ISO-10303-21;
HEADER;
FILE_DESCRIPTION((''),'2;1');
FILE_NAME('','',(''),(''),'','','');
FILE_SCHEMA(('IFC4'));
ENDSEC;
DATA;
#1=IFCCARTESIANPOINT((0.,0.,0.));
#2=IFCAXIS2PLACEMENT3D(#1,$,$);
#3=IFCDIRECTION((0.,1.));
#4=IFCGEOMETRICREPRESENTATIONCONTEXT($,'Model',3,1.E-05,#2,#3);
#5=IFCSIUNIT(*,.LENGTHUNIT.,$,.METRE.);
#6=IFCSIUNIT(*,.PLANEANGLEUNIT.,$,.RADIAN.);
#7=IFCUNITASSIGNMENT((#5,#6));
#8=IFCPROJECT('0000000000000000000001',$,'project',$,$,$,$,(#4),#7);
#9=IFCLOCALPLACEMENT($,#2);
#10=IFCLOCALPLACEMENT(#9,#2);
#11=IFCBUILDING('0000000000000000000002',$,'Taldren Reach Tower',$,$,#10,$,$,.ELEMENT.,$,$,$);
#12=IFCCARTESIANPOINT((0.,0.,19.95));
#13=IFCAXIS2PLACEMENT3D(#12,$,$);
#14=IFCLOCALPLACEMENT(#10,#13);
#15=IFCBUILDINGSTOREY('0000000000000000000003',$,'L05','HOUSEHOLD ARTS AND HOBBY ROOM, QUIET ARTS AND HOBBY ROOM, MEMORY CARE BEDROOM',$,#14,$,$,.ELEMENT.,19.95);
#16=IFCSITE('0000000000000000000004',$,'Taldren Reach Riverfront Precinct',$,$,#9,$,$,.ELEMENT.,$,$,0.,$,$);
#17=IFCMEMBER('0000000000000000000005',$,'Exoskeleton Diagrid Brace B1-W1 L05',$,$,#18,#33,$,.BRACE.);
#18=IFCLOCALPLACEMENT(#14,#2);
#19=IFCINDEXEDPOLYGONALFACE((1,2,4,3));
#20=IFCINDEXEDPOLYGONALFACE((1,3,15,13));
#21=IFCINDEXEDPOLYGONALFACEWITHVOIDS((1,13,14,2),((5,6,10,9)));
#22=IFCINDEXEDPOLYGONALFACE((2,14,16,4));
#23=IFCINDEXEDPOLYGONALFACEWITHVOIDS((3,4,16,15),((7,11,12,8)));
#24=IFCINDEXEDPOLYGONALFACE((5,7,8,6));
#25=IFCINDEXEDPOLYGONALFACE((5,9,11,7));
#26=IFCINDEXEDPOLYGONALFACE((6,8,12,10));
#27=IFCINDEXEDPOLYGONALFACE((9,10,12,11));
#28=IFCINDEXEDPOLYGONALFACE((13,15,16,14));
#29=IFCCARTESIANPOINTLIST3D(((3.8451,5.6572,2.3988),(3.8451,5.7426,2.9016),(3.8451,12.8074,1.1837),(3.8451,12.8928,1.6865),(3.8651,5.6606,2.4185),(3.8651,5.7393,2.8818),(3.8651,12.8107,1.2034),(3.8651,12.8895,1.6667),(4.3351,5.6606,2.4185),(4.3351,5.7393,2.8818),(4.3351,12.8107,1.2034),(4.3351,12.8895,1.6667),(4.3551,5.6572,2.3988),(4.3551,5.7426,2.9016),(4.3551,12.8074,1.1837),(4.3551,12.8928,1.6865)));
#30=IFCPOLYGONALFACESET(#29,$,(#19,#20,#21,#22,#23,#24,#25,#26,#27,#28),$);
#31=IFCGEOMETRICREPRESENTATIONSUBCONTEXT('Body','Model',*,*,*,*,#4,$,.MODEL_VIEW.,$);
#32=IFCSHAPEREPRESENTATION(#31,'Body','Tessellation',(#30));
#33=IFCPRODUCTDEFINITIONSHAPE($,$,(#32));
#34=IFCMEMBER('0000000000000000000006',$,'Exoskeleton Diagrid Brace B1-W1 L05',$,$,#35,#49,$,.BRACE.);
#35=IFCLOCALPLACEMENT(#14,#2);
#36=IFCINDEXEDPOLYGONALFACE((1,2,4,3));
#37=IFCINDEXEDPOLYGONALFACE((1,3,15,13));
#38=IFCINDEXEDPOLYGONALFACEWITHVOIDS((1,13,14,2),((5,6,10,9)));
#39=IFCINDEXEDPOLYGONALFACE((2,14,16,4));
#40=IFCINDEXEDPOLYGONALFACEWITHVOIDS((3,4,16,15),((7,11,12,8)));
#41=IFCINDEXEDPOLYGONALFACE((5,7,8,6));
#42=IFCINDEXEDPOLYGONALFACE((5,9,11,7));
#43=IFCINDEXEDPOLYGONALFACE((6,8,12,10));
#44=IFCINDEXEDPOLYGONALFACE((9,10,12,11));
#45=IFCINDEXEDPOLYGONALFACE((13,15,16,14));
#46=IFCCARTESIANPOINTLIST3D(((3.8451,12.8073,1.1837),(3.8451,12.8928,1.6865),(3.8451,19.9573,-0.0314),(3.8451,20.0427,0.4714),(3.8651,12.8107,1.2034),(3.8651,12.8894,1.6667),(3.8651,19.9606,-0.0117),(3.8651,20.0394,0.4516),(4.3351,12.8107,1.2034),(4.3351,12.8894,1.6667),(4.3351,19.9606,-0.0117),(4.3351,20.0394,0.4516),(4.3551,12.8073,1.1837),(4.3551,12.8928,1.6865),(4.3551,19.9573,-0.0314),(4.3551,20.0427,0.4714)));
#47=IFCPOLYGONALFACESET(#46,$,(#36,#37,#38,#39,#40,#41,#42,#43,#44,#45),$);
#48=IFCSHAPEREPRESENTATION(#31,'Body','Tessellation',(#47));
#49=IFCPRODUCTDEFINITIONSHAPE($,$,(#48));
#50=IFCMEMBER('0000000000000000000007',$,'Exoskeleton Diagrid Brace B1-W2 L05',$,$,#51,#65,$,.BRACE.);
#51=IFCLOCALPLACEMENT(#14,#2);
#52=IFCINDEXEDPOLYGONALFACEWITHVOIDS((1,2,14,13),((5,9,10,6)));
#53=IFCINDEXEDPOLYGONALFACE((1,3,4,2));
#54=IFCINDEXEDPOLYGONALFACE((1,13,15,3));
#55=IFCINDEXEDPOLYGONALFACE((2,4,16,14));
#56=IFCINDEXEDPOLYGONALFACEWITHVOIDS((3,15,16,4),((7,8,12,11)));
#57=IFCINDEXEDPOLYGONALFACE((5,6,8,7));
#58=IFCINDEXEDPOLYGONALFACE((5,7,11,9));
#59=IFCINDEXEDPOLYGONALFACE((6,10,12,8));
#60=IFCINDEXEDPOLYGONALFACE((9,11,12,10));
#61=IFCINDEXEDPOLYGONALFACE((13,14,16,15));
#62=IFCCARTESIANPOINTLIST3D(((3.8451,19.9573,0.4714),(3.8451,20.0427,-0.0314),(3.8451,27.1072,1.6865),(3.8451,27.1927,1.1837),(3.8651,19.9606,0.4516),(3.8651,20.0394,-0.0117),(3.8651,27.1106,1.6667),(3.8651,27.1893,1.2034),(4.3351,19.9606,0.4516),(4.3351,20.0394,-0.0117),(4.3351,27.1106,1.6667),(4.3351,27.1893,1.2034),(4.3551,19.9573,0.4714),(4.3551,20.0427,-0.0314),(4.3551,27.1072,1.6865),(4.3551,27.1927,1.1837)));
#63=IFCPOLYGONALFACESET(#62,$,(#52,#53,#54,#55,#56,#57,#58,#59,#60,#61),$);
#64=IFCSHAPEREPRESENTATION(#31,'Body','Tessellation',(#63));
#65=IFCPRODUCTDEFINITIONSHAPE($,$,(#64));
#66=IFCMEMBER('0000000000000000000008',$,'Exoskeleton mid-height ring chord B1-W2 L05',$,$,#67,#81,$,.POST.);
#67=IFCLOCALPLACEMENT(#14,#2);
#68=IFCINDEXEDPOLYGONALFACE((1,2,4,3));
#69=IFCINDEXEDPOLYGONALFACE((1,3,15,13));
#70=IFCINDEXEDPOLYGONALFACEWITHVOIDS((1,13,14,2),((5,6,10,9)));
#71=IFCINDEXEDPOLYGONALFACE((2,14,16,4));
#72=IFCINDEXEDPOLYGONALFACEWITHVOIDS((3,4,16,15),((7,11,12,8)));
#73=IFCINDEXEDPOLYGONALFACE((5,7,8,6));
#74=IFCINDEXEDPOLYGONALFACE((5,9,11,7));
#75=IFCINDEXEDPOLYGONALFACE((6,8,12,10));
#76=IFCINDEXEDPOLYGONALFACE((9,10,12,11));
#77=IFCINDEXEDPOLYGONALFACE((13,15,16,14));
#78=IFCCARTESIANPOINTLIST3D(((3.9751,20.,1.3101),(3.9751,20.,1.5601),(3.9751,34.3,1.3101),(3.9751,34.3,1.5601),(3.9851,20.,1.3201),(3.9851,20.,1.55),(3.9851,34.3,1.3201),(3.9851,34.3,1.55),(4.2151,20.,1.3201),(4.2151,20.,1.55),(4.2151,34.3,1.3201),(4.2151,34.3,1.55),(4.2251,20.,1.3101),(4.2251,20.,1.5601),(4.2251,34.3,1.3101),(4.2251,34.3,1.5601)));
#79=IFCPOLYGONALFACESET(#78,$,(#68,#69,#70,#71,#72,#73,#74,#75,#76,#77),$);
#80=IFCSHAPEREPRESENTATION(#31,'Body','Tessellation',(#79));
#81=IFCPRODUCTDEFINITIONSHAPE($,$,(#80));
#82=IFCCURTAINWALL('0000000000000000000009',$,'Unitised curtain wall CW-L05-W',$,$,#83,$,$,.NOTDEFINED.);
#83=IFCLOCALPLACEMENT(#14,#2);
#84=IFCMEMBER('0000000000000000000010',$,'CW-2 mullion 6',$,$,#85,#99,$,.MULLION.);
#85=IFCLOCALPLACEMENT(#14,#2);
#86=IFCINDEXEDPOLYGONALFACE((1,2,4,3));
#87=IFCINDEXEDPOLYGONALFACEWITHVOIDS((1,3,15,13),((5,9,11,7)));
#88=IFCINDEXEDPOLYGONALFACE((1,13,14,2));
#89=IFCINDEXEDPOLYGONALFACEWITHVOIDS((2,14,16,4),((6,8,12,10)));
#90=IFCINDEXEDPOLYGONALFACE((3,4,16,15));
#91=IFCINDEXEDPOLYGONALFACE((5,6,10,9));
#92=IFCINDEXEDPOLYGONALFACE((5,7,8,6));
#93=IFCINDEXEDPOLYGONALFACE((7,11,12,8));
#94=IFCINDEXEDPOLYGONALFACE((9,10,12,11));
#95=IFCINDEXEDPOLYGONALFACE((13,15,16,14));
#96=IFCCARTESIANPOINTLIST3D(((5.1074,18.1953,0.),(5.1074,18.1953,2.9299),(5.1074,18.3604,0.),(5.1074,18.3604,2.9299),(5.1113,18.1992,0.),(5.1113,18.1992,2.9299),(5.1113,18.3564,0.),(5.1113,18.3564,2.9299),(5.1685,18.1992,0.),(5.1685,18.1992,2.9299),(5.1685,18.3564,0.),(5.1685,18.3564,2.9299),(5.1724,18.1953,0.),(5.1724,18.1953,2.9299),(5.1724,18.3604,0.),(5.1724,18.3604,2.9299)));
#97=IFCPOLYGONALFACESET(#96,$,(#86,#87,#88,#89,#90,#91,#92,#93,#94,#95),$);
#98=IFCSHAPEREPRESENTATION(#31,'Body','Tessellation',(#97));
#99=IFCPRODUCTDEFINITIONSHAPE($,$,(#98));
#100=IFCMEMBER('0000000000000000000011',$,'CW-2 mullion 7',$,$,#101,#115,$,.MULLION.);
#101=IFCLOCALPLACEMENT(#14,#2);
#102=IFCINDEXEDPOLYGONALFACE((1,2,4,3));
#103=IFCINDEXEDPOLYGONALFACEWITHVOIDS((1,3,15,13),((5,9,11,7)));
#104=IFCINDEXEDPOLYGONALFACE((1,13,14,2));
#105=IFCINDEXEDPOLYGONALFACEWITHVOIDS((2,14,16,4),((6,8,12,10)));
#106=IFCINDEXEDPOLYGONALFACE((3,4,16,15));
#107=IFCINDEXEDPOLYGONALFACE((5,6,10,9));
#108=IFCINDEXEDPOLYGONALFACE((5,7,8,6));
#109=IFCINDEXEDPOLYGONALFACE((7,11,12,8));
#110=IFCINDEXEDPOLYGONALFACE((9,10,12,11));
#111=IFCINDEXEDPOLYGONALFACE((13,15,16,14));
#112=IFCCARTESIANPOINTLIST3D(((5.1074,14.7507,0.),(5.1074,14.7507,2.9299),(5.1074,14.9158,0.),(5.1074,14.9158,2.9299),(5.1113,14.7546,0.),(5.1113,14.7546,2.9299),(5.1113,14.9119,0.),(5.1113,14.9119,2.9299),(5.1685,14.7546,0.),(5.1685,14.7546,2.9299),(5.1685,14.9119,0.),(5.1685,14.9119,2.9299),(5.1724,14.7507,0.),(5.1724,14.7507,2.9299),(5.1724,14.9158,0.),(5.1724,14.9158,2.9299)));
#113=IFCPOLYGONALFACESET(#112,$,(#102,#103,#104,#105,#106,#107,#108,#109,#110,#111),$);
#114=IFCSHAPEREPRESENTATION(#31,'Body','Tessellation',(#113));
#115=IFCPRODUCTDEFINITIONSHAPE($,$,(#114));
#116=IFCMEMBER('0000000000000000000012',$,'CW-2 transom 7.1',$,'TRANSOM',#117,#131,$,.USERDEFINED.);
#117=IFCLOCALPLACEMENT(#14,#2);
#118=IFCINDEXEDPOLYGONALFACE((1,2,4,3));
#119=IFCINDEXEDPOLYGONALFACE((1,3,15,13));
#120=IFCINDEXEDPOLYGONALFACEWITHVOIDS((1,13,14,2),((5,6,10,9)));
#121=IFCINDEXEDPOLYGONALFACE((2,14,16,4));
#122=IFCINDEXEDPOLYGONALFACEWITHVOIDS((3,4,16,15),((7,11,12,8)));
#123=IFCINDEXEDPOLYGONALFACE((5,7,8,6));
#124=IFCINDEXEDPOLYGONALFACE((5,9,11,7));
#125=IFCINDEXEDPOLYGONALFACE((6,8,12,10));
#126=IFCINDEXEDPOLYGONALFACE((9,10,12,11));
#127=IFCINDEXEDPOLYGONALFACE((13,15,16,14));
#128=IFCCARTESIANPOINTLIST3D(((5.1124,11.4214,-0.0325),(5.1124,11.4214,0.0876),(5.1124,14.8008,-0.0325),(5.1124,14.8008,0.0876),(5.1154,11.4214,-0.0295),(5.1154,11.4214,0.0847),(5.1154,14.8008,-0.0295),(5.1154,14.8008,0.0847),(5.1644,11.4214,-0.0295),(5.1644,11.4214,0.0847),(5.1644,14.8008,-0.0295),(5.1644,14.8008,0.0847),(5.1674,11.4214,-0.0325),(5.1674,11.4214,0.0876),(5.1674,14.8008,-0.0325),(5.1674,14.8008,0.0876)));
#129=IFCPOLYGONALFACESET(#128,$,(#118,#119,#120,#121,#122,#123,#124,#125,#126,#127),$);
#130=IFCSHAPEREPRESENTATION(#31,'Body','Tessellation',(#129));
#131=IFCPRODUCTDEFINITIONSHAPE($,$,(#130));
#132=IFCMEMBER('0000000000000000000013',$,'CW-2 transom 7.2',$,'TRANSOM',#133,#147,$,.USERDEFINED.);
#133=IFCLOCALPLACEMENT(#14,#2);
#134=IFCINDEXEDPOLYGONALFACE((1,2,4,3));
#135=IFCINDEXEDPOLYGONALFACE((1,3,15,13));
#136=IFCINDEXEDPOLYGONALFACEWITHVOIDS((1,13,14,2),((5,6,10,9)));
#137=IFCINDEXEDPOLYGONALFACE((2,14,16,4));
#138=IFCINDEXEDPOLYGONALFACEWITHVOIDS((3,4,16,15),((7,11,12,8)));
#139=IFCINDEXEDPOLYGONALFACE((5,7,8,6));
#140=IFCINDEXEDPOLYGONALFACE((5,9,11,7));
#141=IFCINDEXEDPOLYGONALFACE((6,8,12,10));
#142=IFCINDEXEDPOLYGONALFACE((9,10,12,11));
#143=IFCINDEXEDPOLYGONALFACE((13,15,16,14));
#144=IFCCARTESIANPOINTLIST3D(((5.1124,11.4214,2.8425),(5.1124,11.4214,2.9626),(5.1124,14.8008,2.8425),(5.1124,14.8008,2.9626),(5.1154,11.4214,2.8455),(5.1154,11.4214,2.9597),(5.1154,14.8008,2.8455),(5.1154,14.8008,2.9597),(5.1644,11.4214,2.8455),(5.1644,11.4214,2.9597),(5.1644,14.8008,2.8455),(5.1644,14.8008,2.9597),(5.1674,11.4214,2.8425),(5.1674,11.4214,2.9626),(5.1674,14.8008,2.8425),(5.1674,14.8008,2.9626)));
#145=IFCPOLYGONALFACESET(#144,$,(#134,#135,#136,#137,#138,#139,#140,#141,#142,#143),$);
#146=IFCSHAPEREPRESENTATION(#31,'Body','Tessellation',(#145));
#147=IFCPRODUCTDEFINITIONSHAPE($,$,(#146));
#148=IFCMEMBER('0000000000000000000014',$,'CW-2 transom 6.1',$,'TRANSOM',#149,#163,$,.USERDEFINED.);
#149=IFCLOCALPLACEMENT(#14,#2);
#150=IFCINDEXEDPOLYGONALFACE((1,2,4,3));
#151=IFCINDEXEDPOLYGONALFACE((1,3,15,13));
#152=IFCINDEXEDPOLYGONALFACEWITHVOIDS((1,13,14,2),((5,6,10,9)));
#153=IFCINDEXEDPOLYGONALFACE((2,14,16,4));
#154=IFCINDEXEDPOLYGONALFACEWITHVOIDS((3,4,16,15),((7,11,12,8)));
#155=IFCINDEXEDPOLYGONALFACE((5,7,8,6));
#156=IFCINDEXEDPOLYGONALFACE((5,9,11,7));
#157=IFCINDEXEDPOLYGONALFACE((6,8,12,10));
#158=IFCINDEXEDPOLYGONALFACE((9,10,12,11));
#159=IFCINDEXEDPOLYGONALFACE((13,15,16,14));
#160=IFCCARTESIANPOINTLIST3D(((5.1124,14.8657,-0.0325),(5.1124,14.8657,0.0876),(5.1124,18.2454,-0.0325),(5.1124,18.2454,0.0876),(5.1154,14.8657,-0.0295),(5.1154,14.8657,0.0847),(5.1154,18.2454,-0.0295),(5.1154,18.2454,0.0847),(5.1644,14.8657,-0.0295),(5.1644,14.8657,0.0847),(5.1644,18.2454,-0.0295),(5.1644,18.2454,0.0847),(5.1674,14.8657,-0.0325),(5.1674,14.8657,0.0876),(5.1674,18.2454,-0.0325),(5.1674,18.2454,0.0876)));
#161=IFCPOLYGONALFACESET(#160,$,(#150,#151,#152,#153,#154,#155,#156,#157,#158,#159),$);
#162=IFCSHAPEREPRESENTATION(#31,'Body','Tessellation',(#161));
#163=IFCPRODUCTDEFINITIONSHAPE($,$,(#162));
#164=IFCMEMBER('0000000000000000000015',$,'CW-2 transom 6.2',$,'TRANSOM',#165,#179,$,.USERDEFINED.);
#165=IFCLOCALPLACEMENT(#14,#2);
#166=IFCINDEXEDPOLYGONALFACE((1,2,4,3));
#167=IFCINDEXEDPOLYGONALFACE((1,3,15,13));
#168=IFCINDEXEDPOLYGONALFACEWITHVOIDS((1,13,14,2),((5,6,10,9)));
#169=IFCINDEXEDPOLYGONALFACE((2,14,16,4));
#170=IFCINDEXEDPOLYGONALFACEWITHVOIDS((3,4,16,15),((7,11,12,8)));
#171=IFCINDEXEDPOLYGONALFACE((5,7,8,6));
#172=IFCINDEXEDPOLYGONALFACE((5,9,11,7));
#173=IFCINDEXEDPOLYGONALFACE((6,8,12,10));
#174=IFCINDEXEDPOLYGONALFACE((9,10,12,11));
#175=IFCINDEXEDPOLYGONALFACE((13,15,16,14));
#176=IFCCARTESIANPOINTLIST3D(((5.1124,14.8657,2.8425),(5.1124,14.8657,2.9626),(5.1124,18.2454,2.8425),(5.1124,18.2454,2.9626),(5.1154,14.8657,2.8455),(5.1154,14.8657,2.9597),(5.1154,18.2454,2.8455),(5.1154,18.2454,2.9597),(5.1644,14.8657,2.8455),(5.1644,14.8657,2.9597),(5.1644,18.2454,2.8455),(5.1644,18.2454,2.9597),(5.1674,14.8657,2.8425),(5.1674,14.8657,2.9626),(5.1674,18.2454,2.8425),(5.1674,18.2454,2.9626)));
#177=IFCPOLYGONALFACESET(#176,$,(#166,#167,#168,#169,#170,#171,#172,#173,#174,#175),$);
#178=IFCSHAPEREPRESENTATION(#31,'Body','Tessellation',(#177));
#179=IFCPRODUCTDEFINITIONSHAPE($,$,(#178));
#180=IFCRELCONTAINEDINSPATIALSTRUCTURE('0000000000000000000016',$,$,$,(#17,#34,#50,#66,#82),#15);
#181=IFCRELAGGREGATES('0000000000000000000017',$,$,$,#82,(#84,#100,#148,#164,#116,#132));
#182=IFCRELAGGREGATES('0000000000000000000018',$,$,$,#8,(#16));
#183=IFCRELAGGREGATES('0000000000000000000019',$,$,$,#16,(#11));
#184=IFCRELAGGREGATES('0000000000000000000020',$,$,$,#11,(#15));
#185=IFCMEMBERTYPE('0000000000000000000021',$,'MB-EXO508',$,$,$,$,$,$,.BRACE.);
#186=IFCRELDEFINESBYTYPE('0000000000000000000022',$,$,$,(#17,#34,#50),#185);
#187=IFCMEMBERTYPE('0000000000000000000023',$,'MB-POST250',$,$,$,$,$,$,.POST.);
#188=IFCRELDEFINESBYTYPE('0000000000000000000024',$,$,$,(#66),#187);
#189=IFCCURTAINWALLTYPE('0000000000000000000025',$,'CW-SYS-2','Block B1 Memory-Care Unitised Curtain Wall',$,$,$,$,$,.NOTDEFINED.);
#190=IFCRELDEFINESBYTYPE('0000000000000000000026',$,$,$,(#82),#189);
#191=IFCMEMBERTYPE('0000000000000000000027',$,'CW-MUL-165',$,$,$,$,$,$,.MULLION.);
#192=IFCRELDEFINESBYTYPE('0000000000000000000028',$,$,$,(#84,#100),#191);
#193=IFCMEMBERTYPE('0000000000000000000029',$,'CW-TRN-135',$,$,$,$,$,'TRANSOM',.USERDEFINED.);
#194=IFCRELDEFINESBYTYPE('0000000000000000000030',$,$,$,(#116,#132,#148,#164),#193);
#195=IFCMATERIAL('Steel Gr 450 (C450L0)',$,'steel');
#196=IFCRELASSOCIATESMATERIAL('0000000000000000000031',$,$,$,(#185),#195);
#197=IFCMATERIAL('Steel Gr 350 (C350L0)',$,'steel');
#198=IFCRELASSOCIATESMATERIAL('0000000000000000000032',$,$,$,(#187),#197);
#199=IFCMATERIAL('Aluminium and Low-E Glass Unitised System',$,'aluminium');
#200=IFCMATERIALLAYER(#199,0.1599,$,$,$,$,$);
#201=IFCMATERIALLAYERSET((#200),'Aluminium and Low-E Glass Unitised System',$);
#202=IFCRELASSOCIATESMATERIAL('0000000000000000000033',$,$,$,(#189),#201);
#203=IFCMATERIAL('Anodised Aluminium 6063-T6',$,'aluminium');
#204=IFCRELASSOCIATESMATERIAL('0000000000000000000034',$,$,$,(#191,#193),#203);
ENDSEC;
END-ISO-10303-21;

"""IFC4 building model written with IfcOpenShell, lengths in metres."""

from ifc_helpers import new_model, si_unit, direction, frame, origin, origin_2d, place, context, subcontext, project, spatial, hollow_rectangle, extrude, source, transform, mapped, material, layer, layer_set, material_profile, profile_set, type_object, element, aggregate, save


model = new_model("IFC4")

# Units and contexts
model_context = context("Model", 3, precision=1e-05, world=origin(), true_north=direction((0.0, 1.0)))
body_context = subcontext(model_context, "Body", "Model", "MODEL_VIEW")
ifc_project = project(units=[si_unit("LENGTHUNIT", "METRE"), si_unit("PLANEANGLEUNIT", "RADIAN")], contexts=[model_context])

# Site, building, storey
site_placement = place(None, origin())
site = spatial("IfcSite", under=ifc_project, at=site_placement, Name="Taldren Reach Riverfront Precinct", CompositionType="ELEMENT", RefElevation=0.0)
building_placement = place(site_placement, origin())
building = spatial("IfcBuilding", under=site, at=building_placement, Name="Taldren Reach Tower", CompositionType="ELEMENT")
storey_placement = place(building_placement, frame((0.0, 0.0, 19.95)))
storey = spatial("IfcBuildingStorey", under=building, at=storey_placement, Name="L05", Description="HOUSEHOLD ARTS AND HOBBY ROOM, QUIET ARTS AND HOBBY ROOM, MEMORY CARE BEDROOM", CompositionType="ELEMENT", Elevation=19.95)

# Members
ifc_material_1 = material(Name="Steel Gr 450 (C450L0)", Category="steel")
ifc_material_profile_1 = material_profile(ifc_material_1, hollow_rectangle(XDim=0.51, YDim=0.51, WallThickness=0.02, at=origin_2d()), Name="510x510x20.0SHS")
ifc_profile_set_1 = profile_set([ifc_material_profile_1], Name="Steel Gr 450 (C450L0)")
member_type_1 = type_object("IfcMemberType", Name="MB-EXO508", PredefinedType="BRACE", material=ifc_profile_set_1)
shared_shape_1 = source(origin(), body_context, "Body", "SweptSolid", [
    extrude(hollow_rectangle(XDim=0.51, YDim=0.51, WallThickness=0.02, at=origin_2d()), origin(), (0.0, 0.0, 1.0), 7.2527),
])
member_1_placement = place(storey_placement, frame((4.1001, 12.8501, 1.4351), z_axis=(0.0, -0.985866, 0.167537), x_axis=(1.0, 0.0, 0.0)))
element("IfcMember", 1, at=member_1_placement, inside=storey, type_object=member_type_1, Name="Exoskeleton Diagrid Brace B1-W1 L05", PredefinedType="BRACE", context=body_context, shape_type="MappedRepresentation", body=[
    mapped(shared_shape_1, transform((0.0, 0.0, 0.0), scale=1.0)),
])
shared_shape_2 = source(origin(), body_context, "Body", "SweptSolid", [
    extrude(hollow_rectangle(XDim=0.51, YDim=0.51, WallThickness=0.02, at=origin_2d()), origin(), (0.0, 0.0, 1.0), 7.2524),
])
for number, where, z_axis, x_axis, name in (
    (2, (4.1001, 20.0, 0.22), (0.0, -0.985865, 0.167542), (1.0, 0.0, 0.0), "Exoskeleton Diagrid Brace B1-W1 L05"),
    (3, (4.1001, 20.0, 0.22), (0.0, 0.985865, 0.167542), (-1.0, 0.0, 0.0), "Exoskeleton Diagrid Brace B1-W2 L05"),
):
    element("IfcMember", number, at=place(storey_placement, frame(where, z_axis=z_axis, x_axis=x_axis)), inside=storey, type_object=member_type_1, Name=name, PredefinedType="BRACE", context=body_context, shape_type="MappedRepresentation", body=[
        mapped(shared_shape_2, transform((0.0, 0.0, 0.0), scale=1.0)),
    ])
ifc_material_2 = material(Name="Steel Gr 350 (C350L0)", Category="steel")
ifc_material_profile_2 = material_profile(ifc_material_2, hollow_rectangle(XDim=0.25, YDim=0.25, WallThickness=0.01, at=origin_2d()), Name="250x250x10.0SHS")
ifc_profile_set_2 = profile_set([ifc_material_profile_2], Name="Steel Gr 350 (C350L0)")
member_type_2 = type_object("IfcMemberType", Name="MB-POST250", PredefinedType="POST", material=ifc_profile_set_2)
shared_shape_3 = source(origin(), body_context, "Body", "SweptSolid", [
    extrude(hollow_rectangle(XDim=0.25, YDim=0.25, WallThickness=0.01, at=origin_2d()), origin(), (0.0, 0.0, 1.0), 14.3),
])
member_2_placement = place(storey_placement, frame((4.1001, 20.0, 1.4351), z_axis=(0.0, 1.0, 0.0), x_axis=(-1.0, 0.0, 0.0)))
element("IfcMember", 4, at=member_2_placement, inside=storey, type_object=member_type_2, Name="Exoskeleton mid-height ring chord B1-W2 L05", PredefinedType="POST", context=body_context, shape_type="MappedRepresentation", body=[
    mapped(shared_shape_3, transform((0.0, 0.0, 0.0), scale=1.0)),
])

# Curtain wall, members
ifc_material_3 = material(Name="Aluminium and Low-E Glass Unitised System", Category="aluminium")
ifc_layer_1 = layer(ifc_material_3, 0.1599)
ifc_layer_set_1 = layer_set([ifc_layer_1], Name="Aluminium and Low-E Glass Unitised System")
curtain_wall_type = type_object("IfcCurtainWallType", Name="CW-SYS-2", Description="Block B1 Memory-Care Unitised Curtain Wall", PredefinedType="NOTDEFINED", material=ifc_layer_set_1)
curtain_wall_placement = place(storey_placement, origin())
curtain_wall = element("IfcCurtainWall", 5, at=curtain_wall_placement, inside=storey, type_object=curtain_wall_type, Name="Unitised curtain wall CW-L05-W", PredefinedType="NOTDEFINED")
ifc_material_4 = material(Name="Anodised Aluminium 6063-T6", Category="aluminium")
ifc_material_profile_3 = material_profile(ifc_material_4, hollow_rectangle(XDim=0.0649, YDim=0.165, WallThickness=0.0039, at=origin_2d()), Name="ALU-165x65x4RHS")
ifc_profile_set_3 = profile_set([ifc_material_profile_3], Name="Anodised Aluminium 6063-T6")
member_type_3 = type_object("IfcMemberType", Name="CW-MUL-165", PredefinedType="MULLION", material=ifc_profile_set_3)
shared_shape_4 = source(origin(), body_context, "Body", "SweptSolid", [
    extrude(hollow_rectangle(XDim=0.0649, YDim=0.165, WallThickness=0.0039, at=origin_2d()), origin(), (0.0, 0.0, 1.0), 2.9299),
])
member_3_placement = place(storey_placement, frame((5.1399, 18.2778, 0.0), z_axis=(0.0, 0.0, 1.0), x_axis=(1.0, 0.0, 0.0)))
member_3 = element("IfcMember", 6, at=member_3_placement, type_object=member_type_3, Name="CW-2 mullion 6", PredefinedType="MULLION", context=body_context, shape_type="MappedRepresentation", body=[
    mapped(shared_shape_4, transform((0.0, 0.0, 0.0), scale=1.0)),
])
member_4_placement = place(storey_placement, frame((5.1399, 14.8333, 0.0), z_axis=(0.0, 0.0, 1.0), x_axis=(1.0, 0.0, 0.0)))
member_4 = element("IfcMember", 7, at=member_4_placement, type_object=member_type_3, Name="CW-2 mullion 7", PredefinedType="MULLION", context=body_context, shape_type="MappedRepresentation", body=[
    mapped(shared_shape_4, transform((0.0, 0.0, 0.0), scale=1.0)),
])
ifc_material_profile_4 = material_profile(ifc_material_4, hollow_rectangle(XDim=0.0549, YDim=0.1201, WallThickness=0.0029, at=origin_2d()), Name="ALU-120x55x3RHS")
ifc_profile_set_4 = profile_set([ifc_material_profile_4], Name="Anodised Aluminium 6063-T6")
member_type_4 = type_object("IfcMemberType", Name="CW-TRN-135", ElementType="TRANSOM", PredefinedType="USERDEFINED", material=ifc_profile_set_4)
shared_shape_5 = source(origin(), body_context, "Body", "SweptSolid", [
    extrude(hollow_rectangle(XDim=0.0549, YDim=0.1201, WallThickness=0.0029, at=origin_2d()), origin(), (0.0, 0.0, 1.0), 3.3794),
])
member_5_placement = place(storey_placement, frame((5.1399, 14.8008, 0.0276), z_axis=(0.0, -1.0, 0.0), x_axis=(1.0, 0.0, 0.0)))
member_5 = element("IfcMember", 8, at=member_5_placement, type_object=member_type_4, Name="CW-2 transom 7.1", ObjectType="TRANSOM", PredefinedType="USERDEFINED", context=body_context, shape_type="MappedRepresentation", body=[
    mapped(shared_shape_5, transform((0.0, 0.0, 0.0), scale=1.0)),
])
member_6_placement = place(storey_placement, frame((5.1399, 14.8008, 2.9026), z_axis=(0.0, -1.0, 0.0), x_axis=(1.0, 0.0, 0.0)))
member_6 = element("IfcMember", 9, at=member_6_placement, type_object=member_type_4, Name="CW-2 transom 7.2", ObjectType="TRANSOM", PredefinedType="USERDEFINED", context=body_context, shape_type="MappedRepresentation", body=[
    mapped(shared_shape_5, transform((0.0, 0.0, 0.0), scale=1.0)),
])
shared_shape_6 = source(origin(), body_context, "Body", "SweptSolid", [
    extrude(hollow_rectangle(XDim=0.0549, YDim=0.1201, WallThickness=0.0029, at=origin_2d()), origin(), (0.0, 0.0, 1.0), 3.3796),
])
member_7_placement = place(storey_placement, frame((5.1399, 18.2454, 0.0276), z_axis=(0.0, -1.0, 0.0), x_axis=(1.0, 0.0, 0.0)))
member_7 = element("IfcMember", 10, at=member_7_placement, type_object=member_type_4, Name="CW-2 transom 6.1", ObjectType="TRANSOM", PredefinedType="USERDEFINED", context=body_context, shape_type="MappedRepresentation", body=[
    mapped(shared_shape_6, transform((0.0, 0.0, 0.0), scale=1.0)),
])
member_8_placement = place(storey_placement, frame((5.1399, 18.2454, 2.9026), z_axis=(0.0, -1.0, 0.0), x_axis=(1.0, 0.0, 0.0)))
member_8 = element("IfcMember", 11, at=member_8_placement, type_object=member_type_4, Name="CW-2 transom 6.2", ObjectType="TRANSOM", PredefinedType="USERDEFINED", context=body_context, shape_type="MappedRepresentation", body=[
    mapped(shared_shape_6, transform((0.0, 0.0, 0.0), scale=1.0)),
])

aggregate(curtain_wall, [member_3, member_4, member_7, member_8, member_5, member_6])

save(model, "model.ifc")
